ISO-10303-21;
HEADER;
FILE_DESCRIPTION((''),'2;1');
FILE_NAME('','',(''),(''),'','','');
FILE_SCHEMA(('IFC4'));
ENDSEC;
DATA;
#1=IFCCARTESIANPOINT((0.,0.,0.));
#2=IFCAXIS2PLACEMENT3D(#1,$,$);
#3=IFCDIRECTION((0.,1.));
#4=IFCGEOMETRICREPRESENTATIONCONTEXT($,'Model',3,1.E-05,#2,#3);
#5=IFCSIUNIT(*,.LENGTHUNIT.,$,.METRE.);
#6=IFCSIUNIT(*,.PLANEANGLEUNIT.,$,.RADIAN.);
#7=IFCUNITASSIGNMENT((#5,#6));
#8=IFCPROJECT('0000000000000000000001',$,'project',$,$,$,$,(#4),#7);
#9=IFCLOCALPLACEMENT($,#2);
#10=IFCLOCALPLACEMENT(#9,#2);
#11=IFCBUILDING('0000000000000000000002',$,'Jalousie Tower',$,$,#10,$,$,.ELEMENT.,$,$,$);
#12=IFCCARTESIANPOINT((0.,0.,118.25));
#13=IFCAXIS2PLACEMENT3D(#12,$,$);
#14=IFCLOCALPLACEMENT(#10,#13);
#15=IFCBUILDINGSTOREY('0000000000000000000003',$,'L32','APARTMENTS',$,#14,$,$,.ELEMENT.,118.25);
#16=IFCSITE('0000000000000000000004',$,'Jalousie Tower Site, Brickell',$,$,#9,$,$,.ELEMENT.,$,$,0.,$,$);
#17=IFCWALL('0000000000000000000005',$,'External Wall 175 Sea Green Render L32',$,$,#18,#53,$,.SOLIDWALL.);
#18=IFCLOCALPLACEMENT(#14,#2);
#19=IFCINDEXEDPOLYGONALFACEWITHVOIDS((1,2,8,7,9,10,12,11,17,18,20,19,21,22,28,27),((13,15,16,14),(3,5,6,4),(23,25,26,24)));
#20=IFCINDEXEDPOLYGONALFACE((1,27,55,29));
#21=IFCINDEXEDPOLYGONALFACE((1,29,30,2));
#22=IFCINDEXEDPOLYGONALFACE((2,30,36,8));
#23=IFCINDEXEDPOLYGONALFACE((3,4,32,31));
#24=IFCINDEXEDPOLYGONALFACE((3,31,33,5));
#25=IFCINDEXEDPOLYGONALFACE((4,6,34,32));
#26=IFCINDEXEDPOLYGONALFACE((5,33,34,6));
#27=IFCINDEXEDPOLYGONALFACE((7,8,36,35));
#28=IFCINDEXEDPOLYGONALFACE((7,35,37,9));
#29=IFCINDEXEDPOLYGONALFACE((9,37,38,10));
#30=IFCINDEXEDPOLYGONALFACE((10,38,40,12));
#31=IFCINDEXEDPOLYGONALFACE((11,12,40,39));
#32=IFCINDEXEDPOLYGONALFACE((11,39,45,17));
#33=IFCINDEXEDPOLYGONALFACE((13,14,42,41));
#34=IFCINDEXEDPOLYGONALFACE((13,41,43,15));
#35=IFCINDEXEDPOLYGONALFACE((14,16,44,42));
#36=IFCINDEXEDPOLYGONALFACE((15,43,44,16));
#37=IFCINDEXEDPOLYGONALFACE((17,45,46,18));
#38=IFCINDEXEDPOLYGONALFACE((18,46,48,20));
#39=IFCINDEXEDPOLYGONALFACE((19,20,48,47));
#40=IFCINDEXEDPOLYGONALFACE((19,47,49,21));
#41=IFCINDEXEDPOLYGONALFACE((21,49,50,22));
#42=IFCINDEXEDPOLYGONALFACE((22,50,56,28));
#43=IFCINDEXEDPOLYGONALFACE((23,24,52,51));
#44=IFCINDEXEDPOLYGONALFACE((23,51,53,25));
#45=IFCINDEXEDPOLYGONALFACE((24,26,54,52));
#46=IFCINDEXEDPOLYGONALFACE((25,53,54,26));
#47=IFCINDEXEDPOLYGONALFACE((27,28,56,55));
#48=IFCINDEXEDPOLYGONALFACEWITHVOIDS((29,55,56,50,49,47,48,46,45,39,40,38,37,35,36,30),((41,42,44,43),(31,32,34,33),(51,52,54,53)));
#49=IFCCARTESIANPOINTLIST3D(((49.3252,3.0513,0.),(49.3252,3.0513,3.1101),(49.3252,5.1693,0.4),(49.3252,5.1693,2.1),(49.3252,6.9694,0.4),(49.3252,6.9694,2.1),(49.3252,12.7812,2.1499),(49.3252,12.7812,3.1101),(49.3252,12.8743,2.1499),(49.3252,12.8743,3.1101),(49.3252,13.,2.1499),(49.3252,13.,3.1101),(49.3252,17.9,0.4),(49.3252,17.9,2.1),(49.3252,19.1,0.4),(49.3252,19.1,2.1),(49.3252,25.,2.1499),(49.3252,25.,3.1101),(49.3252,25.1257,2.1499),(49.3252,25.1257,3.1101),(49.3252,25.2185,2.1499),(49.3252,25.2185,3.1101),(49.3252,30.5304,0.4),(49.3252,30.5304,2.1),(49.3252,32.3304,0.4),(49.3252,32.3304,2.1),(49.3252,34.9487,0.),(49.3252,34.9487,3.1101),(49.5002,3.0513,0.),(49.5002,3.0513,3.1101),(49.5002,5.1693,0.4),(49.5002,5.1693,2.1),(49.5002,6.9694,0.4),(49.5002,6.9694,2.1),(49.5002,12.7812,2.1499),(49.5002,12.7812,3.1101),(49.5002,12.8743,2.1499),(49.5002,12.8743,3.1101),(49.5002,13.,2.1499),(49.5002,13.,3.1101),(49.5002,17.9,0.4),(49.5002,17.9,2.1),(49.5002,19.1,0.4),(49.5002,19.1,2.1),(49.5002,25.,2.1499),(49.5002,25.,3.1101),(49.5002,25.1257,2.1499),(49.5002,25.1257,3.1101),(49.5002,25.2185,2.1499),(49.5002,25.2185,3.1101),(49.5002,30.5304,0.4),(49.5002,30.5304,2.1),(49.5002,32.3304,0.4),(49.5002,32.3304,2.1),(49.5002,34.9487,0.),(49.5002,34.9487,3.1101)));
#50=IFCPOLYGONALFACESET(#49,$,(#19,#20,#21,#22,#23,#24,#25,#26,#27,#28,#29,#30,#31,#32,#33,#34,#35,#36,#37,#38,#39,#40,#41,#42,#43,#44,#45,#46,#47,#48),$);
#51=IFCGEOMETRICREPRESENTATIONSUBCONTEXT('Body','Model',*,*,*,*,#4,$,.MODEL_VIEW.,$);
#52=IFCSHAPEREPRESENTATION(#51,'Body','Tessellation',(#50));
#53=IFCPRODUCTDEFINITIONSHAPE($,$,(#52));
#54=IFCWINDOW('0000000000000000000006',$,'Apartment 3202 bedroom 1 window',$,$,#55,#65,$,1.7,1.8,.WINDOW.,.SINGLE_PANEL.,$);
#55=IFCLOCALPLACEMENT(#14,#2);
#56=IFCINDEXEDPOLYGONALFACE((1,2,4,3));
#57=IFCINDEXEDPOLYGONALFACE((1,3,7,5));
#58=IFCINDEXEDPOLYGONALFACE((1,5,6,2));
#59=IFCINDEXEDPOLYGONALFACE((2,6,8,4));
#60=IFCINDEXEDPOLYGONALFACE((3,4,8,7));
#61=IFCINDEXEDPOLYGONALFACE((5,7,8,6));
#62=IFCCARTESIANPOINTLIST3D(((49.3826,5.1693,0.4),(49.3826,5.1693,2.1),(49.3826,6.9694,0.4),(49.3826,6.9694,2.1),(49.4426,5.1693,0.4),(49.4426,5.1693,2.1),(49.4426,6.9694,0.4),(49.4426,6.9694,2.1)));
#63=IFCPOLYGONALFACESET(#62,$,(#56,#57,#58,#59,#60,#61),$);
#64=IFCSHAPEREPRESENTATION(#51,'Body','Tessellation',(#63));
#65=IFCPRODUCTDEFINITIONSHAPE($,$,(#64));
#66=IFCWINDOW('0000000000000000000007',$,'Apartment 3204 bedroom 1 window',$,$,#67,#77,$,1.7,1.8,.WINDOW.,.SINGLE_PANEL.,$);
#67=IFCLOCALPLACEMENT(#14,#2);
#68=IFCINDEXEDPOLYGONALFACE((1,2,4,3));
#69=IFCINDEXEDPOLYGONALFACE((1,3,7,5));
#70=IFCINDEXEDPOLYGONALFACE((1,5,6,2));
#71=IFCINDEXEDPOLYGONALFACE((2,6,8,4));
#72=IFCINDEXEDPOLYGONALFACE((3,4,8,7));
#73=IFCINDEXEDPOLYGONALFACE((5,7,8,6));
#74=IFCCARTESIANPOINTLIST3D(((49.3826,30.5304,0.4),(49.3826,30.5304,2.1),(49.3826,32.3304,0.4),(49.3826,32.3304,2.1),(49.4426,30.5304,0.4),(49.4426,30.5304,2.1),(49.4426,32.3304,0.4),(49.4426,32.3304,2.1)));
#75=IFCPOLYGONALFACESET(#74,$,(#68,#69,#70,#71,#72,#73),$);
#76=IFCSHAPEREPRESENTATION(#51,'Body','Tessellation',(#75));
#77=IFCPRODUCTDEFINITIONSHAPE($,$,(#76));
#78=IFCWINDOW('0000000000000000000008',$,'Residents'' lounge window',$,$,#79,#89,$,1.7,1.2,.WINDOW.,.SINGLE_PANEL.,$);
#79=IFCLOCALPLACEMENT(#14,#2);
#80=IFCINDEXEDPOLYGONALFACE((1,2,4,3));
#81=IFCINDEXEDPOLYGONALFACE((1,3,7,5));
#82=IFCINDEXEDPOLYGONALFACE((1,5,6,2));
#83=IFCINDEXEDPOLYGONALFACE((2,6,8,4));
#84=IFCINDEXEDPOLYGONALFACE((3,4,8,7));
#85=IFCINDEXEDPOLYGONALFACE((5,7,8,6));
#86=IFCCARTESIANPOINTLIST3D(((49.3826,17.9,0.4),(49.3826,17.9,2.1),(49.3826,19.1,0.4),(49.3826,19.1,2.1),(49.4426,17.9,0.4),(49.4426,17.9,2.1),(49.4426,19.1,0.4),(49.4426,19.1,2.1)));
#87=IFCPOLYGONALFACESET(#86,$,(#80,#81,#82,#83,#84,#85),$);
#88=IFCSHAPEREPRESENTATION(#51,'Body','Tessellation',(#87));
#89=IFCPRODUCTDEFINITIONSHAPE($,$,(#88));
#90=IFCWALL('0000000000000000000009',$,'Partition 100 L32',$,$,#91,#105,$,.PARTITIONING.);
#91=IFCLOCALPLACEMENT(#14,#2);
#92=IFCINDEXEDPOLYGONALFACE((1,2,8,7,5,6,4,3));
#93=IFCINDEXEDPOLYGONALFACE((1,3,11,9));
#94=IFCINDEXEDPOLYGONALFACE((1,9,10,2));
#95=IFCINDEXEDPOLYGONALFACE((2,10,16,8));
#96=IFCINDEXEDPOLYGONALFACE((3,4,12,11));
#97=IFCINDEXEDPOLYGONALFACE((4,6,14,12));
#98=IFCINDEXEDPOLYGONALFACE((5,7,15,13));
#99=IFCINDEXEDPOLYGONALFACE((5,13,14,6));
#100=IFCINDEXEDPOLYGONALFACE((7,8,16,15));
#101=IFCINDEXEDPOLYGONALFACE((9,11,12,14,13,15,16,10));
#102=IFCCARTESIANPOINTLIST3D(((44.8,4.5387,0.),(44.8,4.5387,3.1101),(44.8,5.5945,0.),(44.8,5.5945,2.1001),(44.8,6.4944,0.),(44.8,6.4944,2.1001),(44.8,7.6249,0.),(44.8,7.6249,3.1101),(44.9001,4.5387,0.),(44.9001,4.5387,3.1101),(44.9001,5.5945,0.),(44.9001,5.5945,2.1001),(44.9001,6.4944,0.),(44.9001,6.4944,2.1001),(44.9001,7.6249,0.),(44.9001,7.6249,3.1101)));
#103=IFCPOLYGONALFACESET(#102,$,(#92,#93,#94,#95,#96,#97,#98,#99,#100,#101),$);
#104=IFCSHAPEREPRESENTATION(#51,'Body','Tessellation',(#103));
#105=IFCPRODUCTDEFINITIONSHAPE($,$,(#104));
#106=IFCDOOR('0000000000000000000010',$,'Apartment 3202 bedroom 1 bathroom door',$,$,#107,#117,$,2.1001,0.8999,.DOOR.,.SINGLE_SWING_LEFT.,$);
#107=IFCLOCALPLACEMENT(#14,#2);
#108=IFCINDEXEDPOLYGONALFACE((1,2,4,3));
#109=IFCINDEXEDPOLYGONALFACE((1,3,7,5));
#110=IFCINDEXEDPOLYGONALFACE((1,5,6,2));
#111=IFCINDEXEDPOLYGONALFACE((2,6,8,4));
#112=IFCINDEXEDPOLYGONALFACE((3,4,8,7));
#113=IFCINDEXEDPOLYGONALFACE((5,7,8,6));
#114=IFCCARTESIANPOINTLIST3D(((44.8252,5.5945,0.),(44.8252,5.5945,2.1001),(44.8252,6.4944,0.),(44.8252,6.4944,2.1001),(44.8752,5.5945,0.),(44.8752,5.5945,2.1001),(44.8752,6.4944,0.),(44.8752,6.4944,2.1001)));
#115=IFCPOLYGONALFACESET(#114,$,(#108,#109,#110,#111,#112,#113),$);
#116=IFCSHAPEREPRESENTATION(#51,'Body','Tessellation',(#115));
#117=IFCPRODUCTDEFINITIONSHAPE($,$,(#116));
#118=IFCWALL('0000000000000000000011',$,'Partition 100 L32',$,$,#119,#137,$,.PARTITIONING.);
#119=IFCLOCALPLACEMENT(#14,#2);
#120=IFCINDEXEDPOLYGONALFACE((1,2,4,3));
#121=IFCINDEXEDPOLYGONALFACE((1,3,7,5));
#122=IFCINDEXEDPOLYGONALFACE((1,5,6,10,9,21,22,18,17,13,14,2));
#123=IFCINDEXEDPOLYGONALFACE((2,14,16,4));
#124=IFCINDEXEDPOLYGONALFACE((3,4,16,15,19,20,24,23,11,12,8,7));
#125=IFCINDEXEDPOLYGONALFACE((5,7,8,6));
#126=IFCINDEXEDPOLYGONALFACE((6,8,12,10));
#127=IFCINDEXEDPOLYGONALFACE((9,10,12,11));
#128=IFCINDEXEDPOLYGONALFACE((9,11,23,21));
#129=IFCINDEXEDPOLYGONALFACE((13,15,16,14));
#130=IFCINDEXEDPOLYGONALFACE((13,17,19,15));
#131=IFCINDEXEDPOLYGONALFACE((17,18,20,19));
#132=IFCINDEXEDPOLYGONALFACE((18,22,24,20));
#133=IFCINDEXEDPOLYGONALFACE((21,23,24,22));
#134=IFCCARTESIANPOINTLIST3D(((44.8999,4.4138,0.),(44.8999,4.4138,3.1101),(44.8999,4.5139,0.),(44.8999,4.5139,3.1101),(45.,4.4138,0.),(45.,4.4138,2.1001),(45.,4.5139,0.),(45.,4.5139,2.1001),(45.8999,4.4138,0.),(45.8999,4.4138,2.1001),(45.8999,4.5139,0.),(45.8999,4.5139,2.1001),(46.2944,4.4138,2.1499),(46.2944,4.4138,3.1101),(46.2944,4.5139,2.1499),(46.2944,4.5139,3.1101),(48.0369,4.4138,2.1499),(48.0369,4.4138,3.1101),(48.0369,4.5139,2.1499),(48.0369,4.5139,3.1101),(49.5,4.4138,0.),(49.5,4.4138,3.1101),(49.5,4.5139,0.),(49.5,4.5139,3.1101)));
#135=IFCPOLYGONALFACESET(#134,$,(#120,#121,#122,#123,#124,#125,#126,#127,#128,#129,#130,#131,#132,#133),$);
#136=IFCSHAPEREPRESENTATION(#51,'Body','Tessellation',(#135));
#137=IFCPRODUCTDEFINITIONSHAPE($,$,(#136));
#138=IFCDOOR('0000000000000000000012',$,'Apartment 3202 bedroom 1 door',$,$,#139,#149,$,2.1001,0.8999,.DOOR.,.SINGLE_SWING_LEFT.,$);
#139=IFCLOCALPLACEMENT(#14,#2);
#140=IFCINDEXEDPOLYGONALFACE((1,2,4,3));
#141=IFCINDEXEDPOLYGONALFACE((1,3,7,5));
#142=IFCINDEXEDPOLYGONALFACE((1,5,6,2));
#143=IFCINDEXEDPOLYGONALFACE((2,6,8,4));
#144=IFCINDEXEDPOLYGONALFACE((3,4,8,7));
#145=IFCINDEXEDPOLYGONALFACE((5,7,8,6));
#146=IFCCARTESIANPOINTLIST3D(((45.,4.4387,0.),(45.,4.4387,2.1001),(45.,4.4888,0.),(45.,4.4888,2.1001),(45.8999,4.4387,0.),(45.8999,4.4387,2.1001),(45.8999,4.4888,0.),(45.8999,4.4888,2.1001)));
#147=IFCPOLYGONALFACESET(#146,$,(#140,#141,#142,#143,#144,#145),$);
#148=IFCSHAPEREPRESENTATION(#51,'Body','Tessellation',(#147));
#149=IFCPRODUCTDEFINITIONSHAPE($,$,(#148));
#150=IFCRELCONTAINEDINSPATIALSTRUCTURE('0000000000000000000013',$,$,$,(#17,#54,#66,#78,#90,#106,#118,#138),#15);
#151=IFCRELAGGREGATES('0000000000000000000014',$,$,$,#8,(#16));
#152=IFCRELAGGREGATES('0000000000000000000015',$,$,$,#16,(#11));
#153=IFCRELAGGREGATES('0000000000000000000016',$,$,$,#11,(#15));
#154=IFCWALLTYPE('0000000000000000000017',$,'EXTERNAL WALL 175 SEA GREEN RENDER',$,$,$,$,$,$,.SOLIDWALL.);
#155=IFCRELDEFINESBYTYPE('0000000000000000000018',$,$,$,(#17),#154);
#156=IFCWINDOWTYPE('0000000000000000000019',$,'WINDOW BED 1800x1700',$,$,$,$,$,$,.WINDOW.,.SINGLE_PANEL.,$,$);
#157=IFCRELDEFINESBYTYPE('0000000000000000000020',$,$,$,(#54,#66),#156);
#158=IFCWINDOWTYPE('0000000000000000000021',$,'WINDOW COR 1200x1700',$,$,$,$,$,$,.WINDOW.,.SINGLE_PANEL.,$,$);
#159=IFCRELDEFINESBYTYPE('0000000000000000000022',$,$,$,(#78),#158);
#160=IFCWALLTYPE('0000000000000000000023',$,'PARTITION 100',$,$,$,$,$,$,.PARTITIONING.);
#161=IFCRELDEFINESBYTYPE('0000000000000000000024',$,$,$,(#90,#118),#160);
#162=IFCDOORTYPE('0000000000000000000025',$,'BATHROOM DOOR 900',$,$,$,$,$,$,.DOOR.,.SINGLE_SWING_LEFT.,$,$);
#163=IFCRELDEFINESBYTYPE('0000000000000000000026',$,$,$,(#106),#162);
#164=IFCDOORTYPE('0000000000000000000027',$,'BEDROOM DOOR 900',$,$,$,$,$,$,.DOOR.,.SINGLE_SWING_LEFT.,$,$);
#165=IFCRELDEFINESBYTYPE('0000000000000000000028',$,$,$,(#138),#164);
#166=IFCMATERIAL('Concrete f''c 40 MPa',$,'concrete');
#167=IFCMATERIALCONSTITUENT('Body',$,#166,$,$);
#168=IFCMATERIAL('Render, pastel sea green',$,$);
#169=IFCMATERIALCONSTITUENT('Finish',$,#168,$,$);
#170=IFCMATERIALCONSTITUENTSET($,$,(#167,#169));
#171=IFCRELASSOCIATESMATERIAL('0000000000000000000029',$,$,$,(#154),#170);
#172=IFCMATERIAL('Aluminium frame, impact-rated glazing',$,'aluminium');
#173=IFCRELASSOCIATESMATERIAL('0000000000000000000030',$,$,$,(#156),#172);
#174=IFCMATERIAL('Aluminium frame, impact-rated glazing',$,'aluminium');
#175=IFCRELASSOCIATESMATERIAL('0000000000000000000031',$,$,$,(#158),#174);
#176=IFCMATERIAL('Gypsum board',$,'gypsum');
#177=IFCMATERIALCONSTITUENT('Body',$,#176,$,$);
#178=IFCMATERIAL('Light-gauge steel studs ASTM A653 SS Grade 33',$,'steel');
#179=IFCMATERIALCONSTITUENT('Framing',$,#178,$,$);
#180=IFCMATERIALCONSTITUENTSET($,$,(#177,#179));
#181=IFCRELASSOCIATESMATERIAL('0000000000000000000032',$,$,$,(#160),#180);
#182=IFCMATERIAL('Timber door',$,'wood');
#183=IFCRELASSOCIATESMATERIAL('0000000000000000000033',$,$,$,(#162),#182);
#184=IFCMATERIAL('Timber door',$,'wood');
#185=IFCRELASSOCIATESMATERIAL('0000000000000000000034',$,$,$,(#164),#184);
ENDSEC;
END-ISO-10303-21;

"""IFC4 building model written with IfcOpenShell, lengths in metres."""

from ifc_helpers import new_model, si_unit, direction, frame, frame_2d, origin, place, context, subcontext, project, spatial, polyline, rectangle, outline, extrude, material, constituent, constituent_set, type_object, element, fill, save


model = new_model("IFC4")

# Units and contexts
model_context = context("Model", 3, precision=1e-05, world=origin(), true_north=direction((0.0, 1.0)))
body_context = subcontext(model_context, "Body", "Model", "MODEL_VIEW")
ifc_project = project(units=[si_unit("LENGTHUNIT", "METRE"), si_unit("PLANEANGLEUNIT", "RADIAN")], contexts=[model_context])

# Site, building, storey
site_placement = place(None, origin())
site = spatial("IfcSite", under=ifc_project, at=site_placement, Name="Jalousie Tower Site, Brickell", CompositionType="ELEMENT", RefElevation=0.0)
building_placement = place(site_placement, origin())
building = spatial("IfcBuilding", under=site, at=building_placement, Name="Jalousie Tower", CompositionType="ELEMENT")
storey_placement = place(building_placement, frame((0.0, 0.0, 118.25)))
storey = spatial("IfcBuildingStorey", under=building, at=storey_placement, Name="L32", Description="APARTMENTS", CompositionType="ELEMENT", Elevation=118.25)

# Wall, openings, windows
ifc_material_1 = material(Name="Concrete f'c 40 MPa", Category="concrete")
ifc_constituent_1 = constituent(ifc_material_1, Name="Body")
ifc_material_2 = material(Name="Render, pastel sea green")
ifc_constituent_2 = constituent(ifc_material_2, Name="Finish")
ifc_constituent_set_1 = constituent_set(constituents=[ifc_constituent_1, ifc_constituent_2])
wall_type_1 = type_object("IfcWallType", Name="EXTERNAL WALL 175 SEA GREEN RENDER", PredefinedType="SOLIDWALL", material=ifc_constituent_set_1)
wall_1_placement = place(storey_placement, frame((49.4126, 3.0513, 0.0), z_axis=(0.0, 0.0, 1.0), x_axis=(0.0, 1.0, 0.0)))
wall_1 = element("IfcWall", 1, at=wall_1_placement, inside=storey, type_object=wall_type_1, Name="External Wall 175 Sea Green Render L32", PredefinedType="SOLIDWALL", context=body_context, shape_type="SweptSolid", body=[
    extrude(outline(polyline([(0.0, 0.0), (31.8975, 0.0), (31.8975, 3.1101), (22.1672, 3.1101), (22.1672, 2.1499), (22.0745, 2.1499), (22.0745, 3.1101), (21.9487, 3.1101), (21.9487, 2.1499), (9.9487, 2.1499), (9.9487, 3.1101), (9.823, 3.1101), (9.823, 2.1499), (9.73, 2.1499), (9.73, 3.1101), (0.0, 3.1101), (0.0, 0.0)])), frame((0.0, 0.0874, 0.0), z_axis=(0.0, -1.0, 0.0), x_axis=(1.0, 0.0, 0.0)), (0.0, 0.0, 1.0), 0.175),
])
opening_1_placement = place(wall_1_placement, frame((2.1182, 0.0, 0.3999)))
opening_1 = element("IfcOpeningElement", 2, at=opening_1_placement, cuts=wall_1, PredefinedType="OPENING", context=body_context, shape_type="SweptSolid", body=[
    extrude(rectangle(XDim=1.8, YDim=1.7, at=frame_2d((0.8999, 0.8501))), frame((0.0, 0.0974, 0.0), z_axis=(0.0, -1.0, 0.0), x_axis=(1.0, 0.0, 0.0)), (0.0, 0.0, 1.0), 0.1951),
])
opening_2_placement = place(wall_1_placement, frame((14.8486, 0.0, 0.3999)))
opening_2 = element("IfcOpeningElement", 3, at=opening_2_placement, cuts=wall_1, PredefinedType="OPENING", context=body_context, shape_type="SweptSolid", body=[
    extrude(rectangle(XDim=1.2, YDim=1.7, at=frame_2d((0.6001, 0.8501))), frame((0.0, 0.0974, 0.0), z_axis=(0.0, -1.0, 0.0), x_axis=(1.0, 0.0, 0.0)), (0.0, 0.0, 1.0), 0.1951),
])
opening_3_placement = place(wall_1_placement, frame((27.4792, 0.0, 0.3999)))
opening_3 = element("IfcOpeningElement", 4, at=opening_3_placement, cuts=wall_1, PredefinedType="OPENING", context=body_context, shape_type="SweptSolid", body=[
    extrude(rectangle(XDim=1.8, YDim=1.7, at=frame_2d((0.8999, 0.8501))), frame((0.0, 0.0974, 0.0), z_axis=(0.0, -1.0, 0.0), x_axis=(1.0, 0.0, 0.0)), (0.0, 0.0, 1.0), 0.1951),
])
ifc_material_3 = material(Name="Aluminium frame, impact-rated glazing", Category="aluminium")
window_type_1 = type_object("IfcWindowType", Name="WINDOW BED 1800x1700", PartitioningType="SINGLE_PANEL", PredefinedType="WINDOW", material=ifc_material_3)
window_1_placement = place(opening_1_placement, origin())
window_1 = element("IfcWindow", 5, at=window_1_placement, inside=storey, type_object=window_type_1, Name="Apartment 3202 bedroom 1 window", OverallHeight=1.7, OverallWidth=1.8, PartitioningType="SINGLE_PANEL", PredefinedType="WINDOW", context=body_context, shape_type="SweptSolid", body=[
    extrude(rectangle(XDim=1.8, YDim=1.7, at=frame_2d((0.8999, 0.8501))), frame((0.0, 0.03, 0.0), z_axis=(0.0, -1.0, 0.0), x_axis=(1.0, 0.0, 0.0)), (0.0, 0.0, 1.0), 0.0601),
])
fill(opening_1, window_1)
window_2_placement = place(opening_3_placement, origin())
window_2 = element("IfcWindow", 6, at=window_2_placement, inside=storey, type_object=window_type_1, Name="Apartment 3204 bedroom 1 window", OverallHeight=1.7, OverallWidth=1.8, PartitioningType="SINGLE_PANEL", PredefinedType="WINDOW", context=body_context, shape_type="SweptSolid", body=[
    extrude(rectangle(XDim=1.8, YDim=1.7, at=frame_2d((0.8999, 0.8501))), frame((0.0, 0.03, 0.0), z_axis=(0.0, -1.0, 0.0), x_axis=(1.0, 0.0, 0.0)), (0.0, 0.0, 1.0), 0.0601),
])
fill(opening_3, window_2)
ifc_material_4 = material(Name="Aluminium frame, impact-rated glazing", Category="aluminium")
window_type_2 = type_object("IfcWindowType", Name="WINDOW COR 1200x1700", PartitioningType="SINGLE_PANEL", PredefinedType="WINDOW", material=ifc_material_4)
window_3_placement = place(opening_2_placement, origin())
window_3 = element("IfcWindow", 7, at=window_3_placement, inside=storey, type_object=window_type_2, Name="Residents' lounge window", OverallHeight=1.7, OverallWidth=1.2, PartitioningType="SINGLE_PANEL", PredefinedType="WINDOW", context=body_context, shape_type="SweptSolid", body=[
    extrude(rectangle(XDim=1.2, YDim=1.7, at=frame_2d((0.6001, 0.8501))), frame((0.0, 0.03, 0.0), z_axis=(0.0, -1.0, 0.0), x_axis=(1.0, 0.0, 0.0)), (0.0, 0.0, 1.0), 0.0601),
])
fill(opening_2, window_3)

# Walls, openings, doors
ifc_material_5 = material(Name="Gypsum board", Category="gypsum")
ifc_constituent_3 = constituent(ifc_material_5, Name="Body")
ifc_material_6 = material(Name="Light-gauge steel studs ASTM A653 SS Grade 33", Category="steel")
ifc_constituent_4 = constituent(ifc_material_6, Name="Framing")
ifc_constituent_set_2 = constituent_set(constituents=[ifc_constituent_3, ifc_constituent_4])
wall_type_2 = type_object("IfcWallType", Name="PARTITION 100", PredefinedType="PARTITIONING", material=ifc_constituent_set_2)
wall_2_placement = place(storey_placement, frame((44.8501, 4.5388, 0.0), z_axis=(0.0, 0.0, 1.0), x_axis=(0.0, 1.0, 0.0)))
wall_2 = element("IfcWall", 8, at=wall_2_placement, inside=storey, type_object=wall_type_2, Name="Partition 100 L32", PredefinedType="PARTITIONING", context=body_context, shape_type="SweptSolid", body=[
    extrude(rectangle(XDim=3.0862, YDim=0.1001, at=frame_2d((1.543, 0.0))), origin(), (0.0, 0.0, 1.0), 3.1101),
])
opening_4_placement = place(wall_2_placement, frame((1.0557, 0.0, 0.0)))
opening_4 = element("IfcOpeningElement", 9, at=opening_4_placement, cuts=wall_2, PredefinedType="OPENING", context=body_context, shape_type="SweptSolid", body=[
    extrude(rectangle(XDim=0.8999, YDim=2.1001, at=frame_2d((0.45, 1.05))), frame((0.0, 0.0601, 0.0), z_axis=(0.0, -1.0, 0.0), x_axis=(1.0, 0.0, 0.0)), (0.0, 0.0, 1.0), 0.1201),
])
ifc_material_7 = material(Name="Timber door", Category="wood")
door_type_1 = type_object("IfcDoorType", Name="BATHROOM DOOR 900", OperationType="SINGLE_SWING_LEFT", PredefinedType="DOOR", material=ifc_material_7)
door_1_placement = place(opening_4_placement, origin())
door_1 = element("IfcDoor", 10, at=door_1_placement, inside=storey, type_object=door_type_1, Name="Apartment 3202 bedroom 1 bathroom door", OperationType="SINGLE_SWING_LEFT", OverallHeight=2.1001, OverallWidth=0.8999, PredefinedType="DOOR", context=body_context, shape_type="SweptSolid", body=[
    extrude(rectangle(XDim=0.8999, YDim=2.1001, at=frame_2d((0.45, 1.05))), frame((0.0, 0.0249, 0.0), z_axis=(0.0, -1.0, 0.0), x_axis=(1.0, 0.0, 0.0)), (0.0, 0.0, 1.0), 0.05),
])
fill(opening_4, door_1)
wall_3_placement = place(storey_placement, frame((44.8999, 4.4639, 0.0), z_axis=(0.0, 0.0, 1.0), x_axis=(1.0, 0.0, 0.0)))
wall_3 = element("IfcWall", 11, at=wall_3_placement, inside=storey, type_object=wall_type_2, Name="Partition 100 L32", PredefinedType="PARTITIONING", context=body_context, shape_type="SweptSolid", body=[
    extrude(outline(polyline([(0.0, 0.0), (4.6001, 0.0), (4.6001, 3.1101), (3.137, 3.1101), (3.137, 2.1499), (1.3945, 2.1499), (1.3945, 3.1101), (0.0, 3.1101), (0.0, 0.0)])), frame((0.0, 0.05, 0.0), z_axis=(0.0, -1.0, 0.0), x_axis=(1.0, 0.0, 0.0)), (0.0, 0.0, 1.0), 0.1001),
])
opening_5_placement = place(wall_3_placement, frame((0.1001, 0.0, 0.0)))
opening_5 = element("IfcOpeningElement", 12, at=opening_5_placement, cuts=wall_3, PredefinedType="OPENING", context=body_context, shape_type="SweptSolid", body=[
    extrude(rectangle(XDim=0.8999, YDim=2.1001, at=frame_2d((0.45, 1.05))), frame((0.0, 0.0601, 0.0), z_axis=(0.0, -1.0, 0.0), x_axis=(1.0, 0.0, 0.0)), (0.0, 0.0, 1.0), 0.1201),
])
ifc_material_8 = material(Name="Timber door", Category="wood")
door_type_2 = type_object("IfcDoorType", Name="BEDROOM DOOR 900", OperationType="SINGLE_SWING_LEFT", PredefinedType="DOOR", material=ifc_material_8)
door_2_placement = place(opening_5_placement, origin())
door_2 = element("IfcDoor", 13, at=door_2_placement, inside=storey, type_object=door_type_2, Name="Apartment 3202 bedroom 1 door", OperationType="SINGLE_SWING_LEFT", OverallHeight=2.1001, OverallWidth=0.8999, PredefinedType="DOOR", context=body_context, shape_type="SweptSolid", body=[
    extrude(rectangle(XDim=0.8999, YDim=2.1001, at=frame_2d((0.45, 1.05))), frame((0.0, 0.0249, 0.0), z_axis=(0.0, -1.0, 0.0), x_axis=(1.0, 0.0, 0.0)), (0.0, 0.0, 1.0), 0.05),
])
fill(opening_5, door_2)

save(model, "model.ifc")
